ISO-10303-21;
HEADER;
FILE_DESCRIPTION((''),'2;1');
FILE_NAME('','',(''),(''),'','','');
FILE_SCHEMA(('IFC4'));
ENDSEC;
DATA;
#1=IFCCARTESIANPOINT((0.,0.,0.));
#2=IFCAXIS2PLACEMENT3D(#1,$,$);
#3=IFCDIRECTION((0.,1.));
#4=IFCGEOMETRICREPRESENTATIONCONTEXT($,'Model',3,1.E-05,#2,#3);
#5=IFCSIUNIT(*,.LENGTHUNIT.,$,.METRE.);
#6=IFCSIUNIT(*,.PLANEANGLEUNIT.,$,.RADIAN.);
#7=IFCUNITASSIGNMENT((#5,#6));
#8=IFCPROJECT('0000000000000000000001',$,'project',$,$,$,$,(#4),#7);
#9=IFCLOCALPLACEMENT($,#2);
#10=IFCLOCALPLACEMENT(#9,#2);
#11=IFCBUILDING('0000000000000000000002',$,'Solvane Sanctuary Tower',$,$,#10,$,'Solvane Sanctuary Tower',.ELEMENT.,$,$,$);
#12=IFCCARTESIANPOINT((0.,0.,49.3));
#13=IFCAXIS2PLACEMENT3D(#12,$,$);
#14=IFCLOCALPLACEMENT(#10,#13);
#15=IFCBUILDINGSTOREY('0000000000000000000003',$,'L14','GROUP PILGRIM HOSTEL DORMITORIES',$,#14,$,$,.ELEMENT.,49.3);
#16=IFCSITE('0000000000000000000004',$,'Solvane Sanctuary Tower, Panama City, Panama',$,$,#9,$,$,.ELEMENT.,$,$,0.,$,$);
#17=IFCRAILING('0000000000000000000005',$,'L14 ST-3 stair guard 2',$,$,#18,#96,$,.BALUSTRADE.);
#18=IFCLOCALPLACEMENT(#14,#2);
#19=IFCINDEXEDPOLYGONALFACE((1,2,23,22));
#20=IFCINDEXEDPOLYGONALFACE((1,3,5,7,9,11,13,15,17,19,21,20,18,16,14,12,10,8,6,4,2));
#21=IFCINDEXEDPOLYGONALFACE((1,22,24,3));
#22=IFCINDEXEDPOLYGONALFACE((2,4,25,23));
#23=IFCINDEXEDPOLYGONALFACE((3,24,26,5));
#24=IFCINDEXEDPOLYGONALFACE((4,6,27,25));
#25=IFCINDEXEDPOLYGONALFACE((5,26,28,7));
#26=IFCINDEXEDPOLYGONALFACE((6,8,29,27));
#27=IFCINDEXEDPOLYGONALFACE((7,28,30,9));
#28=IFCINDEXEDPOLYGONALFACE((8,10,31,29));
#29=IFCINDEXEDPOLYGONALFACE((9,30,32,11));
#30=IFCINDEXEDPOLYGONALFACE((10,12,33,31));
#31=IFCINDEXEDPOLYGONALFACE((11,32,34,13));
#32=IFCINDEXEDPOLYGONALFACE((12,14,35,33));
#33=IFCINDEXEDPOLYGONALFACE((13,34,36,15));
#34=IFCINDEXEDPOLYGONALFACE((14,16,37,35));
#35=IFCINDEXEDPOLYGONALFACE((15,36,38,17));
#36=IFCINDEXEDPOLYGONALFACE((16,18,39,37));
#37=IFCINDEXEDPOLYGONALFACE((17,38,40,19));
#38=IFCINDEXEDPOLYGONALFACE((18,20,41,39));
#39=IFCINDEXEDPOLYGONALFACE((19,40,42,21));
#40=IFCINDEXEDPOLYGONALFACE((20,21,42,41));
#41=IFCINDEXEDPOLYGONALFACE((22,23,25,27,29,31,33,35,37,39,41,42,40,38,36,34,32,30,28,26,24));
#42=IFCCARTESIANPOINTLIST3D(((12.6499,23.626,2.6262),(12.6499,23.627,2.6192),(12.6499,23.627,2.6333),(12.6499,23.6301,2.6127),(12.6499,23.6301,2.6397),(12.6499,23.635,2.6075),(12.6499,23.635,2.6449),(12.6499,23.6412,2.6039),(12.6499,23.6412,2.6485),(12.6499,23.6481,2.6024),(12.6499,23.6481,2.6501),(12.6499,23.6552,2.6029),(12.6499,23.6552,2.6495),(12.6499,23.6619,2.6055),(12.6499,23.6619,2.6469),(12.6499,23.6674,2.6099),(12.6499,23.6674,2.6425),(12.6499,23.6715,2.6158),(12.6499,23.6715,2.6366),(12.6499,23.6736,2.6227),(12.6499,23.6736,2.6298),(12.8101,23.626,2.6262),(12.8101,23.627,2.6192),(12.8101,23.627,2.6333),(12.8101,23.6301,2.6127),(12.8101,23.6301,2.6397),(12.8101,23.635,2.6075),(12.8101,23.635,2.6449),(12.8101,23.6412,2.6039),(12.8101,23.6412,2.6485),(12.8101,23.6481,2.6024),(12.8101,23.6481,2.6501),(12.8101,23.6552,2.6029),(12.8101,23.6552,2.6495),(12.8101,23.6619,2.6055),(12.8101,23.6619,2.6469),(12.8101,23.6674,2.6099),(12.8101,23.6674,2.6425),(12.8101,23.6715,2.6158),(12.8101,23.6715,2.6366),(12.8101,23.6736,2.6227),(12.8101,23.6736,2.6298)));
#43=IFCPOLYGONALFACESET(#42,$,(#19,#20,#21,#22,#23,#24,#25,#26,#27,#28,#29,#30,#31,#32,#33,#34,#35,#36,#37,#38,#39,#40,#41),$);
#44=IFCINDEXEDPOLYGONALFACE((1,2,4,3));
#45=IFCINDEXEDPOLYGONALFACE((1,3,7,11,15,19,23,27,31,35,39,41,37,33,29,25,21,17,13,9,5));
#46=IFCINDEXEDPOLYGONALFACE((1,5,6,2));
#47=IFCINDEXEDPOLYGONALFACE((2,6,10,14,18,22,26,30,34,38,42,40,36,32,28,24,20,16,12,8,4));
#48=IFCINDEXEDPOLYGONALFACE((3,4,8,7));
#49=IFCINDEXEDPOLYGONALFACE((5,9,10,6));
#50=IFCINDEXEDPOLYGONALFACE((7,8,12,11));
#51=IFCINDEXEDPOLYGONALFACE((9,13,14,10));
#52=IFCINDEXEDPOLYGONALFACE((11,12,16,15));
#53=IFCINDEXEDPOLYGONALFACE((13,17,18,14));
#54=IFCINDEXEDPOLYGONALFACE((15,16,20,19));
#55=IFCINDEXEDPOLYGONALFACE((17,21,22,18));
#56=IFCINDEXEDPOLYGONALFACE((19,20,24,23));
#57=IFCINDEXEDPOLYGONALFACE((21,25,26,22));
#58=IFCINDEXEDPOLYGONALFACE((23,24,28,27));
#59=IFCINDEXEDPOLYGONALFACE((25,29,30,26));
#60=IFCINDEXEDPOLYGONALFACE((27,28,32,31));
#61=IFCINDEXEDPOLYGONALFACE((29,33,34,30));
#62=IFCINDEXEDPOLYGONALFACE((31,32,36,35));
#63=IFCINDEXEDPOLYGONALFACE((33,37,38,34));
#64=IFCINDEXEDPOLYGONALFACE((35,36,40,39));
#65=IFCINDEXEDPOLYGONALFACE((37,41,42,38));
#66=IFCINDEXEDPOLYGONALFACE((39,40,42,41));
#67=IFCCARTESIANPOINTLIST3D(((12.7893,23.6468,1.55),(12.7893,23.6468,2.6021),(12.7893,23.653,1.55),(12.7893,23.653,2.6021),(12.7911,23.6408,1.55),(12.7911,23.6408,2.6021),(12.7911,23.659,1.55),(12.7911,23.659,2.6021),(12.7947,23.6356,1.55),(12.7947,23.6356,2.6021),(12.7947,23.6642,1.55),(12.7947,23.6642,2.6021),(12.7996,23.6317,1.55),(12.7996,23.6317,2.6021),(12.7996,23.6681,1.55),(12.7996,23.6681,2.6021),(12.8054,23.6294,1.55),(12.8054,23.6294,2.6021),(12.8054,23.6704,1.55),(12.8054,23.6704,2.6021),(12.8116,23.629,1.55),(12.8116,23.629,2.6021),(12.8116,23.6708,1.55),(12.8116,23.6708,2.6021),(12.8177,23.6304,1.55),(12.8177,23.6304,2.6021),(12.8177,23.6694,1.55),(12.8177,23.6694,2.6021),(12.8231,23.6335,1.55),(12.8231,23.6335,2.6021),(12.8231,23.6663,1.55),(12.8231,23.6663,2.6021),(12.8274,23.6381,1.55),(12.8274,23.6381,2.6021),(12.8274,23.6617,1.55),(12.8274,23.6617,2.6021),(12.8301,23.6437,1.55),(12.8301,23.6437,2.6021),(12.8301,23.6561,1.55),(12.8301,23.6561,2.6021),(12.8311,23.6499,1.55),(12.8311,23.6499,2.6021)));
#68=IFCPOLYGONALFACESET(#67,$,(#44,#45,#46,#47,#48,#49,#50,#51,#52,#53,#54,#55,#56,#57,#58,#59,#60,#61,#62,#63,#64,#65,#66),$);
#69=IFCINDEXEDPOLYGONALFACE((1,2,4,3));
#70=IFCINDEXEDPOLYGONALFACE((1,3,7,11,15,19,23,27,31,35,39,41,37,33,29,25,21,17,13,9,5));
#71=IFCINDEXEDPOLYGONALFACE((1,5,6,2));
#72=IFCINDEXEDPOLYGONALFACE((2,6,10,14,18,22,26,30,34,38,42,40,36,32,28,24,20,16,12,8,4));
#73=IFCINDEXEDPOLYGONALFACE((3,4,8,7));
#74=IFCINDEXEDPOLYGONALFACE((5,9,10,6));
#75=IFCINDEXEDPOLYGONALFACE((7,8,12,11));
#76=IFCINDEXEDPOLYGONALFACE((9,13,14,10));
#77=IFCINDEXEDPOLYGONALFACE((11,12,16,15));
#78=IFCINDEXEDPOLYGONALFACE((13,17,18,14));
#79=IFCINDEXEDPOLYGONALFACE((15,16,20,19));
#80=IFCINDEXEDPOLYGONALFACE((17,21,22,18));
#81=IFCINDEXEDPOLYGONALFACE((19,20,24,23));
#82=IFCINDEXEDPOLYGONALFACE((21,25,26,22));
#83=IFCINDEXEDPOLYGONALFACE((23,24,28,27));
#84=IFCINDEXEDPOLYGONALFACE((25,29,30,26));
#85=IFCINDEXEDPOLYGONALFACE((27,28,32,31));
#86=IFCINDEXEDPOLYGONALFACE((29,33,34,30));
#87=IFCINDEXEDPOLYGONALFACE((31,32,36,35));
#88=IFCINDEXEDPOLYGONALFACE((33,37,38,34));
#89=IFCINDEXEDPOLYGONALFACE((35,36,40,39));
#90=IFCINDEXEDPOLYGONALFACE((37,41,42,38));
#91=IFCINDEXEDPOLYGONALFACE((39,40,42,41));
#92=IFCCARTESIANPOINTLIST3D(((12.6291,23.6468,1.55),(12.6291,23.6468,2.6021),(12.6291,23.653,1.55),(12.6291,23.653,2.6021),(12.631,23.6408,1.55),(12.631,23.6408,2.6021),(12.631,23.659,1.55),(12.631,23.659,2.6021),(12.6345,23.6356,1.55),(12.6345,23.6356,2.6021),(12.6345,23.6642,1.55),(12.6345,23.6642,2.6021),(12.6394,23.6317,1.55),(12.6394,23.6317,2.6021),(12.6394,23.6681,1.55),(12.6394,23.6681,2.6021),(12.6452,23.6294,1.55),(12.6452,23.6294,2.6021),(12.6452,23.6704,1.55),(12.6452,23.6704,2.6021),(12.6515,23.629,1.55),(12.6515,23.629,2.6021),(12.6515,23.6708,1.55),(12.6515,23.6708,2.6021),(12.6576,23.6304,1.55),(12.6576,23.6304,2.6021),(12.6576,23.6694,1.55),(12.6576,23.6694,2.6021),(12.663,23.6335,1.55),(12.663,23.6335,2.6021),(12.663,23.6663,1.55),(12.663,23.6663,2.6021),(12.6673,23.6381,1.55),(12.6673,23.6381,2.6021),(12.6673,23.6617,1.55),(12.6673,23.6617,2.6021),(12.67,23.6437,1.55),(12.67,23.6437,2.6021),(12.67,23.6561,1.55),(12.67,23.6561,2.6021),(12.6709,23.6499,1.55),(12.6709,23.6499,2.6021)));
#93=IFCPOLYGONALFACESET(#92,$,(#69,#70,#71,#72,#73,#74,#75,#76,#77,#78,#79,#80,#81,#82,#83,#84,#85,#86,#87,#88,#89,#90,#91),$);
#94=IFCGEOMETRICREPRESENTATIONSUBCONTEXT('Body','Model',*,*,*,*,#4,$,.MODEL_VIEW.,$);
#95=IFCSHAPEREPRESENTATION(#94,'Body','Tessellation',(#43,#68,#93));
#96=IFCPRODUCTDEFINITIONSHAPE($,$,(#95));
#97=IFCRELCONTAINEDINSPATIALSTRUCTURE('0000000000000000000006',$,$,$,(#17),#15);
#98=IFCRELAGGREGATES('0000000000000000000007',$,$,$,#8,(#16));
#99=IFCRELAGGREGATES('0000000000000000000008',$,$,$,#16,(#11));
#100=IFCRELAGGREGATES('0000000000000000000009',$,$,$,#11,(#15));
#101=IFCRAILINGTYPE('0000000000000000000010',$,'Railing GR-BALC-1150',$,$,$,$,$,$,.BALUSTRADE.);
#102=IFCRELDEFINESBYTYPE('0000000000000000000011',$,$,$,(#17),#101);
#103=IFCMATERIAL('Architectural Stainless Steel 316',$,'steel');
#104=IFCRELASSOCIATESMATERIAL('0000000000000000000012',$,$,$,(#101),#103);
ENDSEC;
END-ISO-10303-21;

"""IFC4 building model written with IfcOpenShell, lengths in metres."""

from ifc_helpers import new_model, si_unit, direction, frame, origin, origin_2d, place, context, subcontext, project, spatial, circle, extrude, material, type_object, element, save


model = new_model("IFC4")

# Units and contexts
model_context = context("Model", 3, precision=1e-05, world=origin(), true_north=direction((0.0, 1.0)))
body_context = subcontext(model_context, "Body", "Model", "MODEL_VIEW")
ifc_project = project(units=[si_unit("LENGTHUNIT", "METRE"), si_unit("PLANEANGLEUNIT", "RADIAN")], contexts=[model_context])

# Site, building, storey
site_placement = place(None, origin())
site = spatial("IfcSite", under=ifc_project, at=site_placement, Name="Solvane Sanctuary Tower, Panama City, Panama", CompositionType="ELEMENT", RefElevation=0.0)
building_placement = place(site_placement, origin())
building = spatial("IfcBuilding", under=site, at=building_placement, Name="Solvane Sanctuary Tower", LongName="Solvane Sanctuary Tower", CompositionType="ELEMENT")
storey_placement = place(building_placement, frame((0.0, 0.0, 49.3)))
storey = spatial("IfcBuildingStorey", under=building, at=storey_placement, Name="L14", Description="GROUP PILGRIM HOSTEL DORMITORIES", CompositionType="ELEMENT", Elevation=49.3)

# Railing
ifc_material_1 = material(Name="Architectural Stainless Steel 316", Category="steel")
railing_type_1 = type_object("IfcRailingType", Name="Railing GR-BALC-1150", PredefinedType="BALUSTRADE", material=ifc_material_1)
railing_1_placement = place(storey_placement, frame((12.8101, 23.6499, 1.55)))
element("IfcRailing", 1, at=railing_1_placement, inside=storey, type_object=railing_type_1, Name="L14 ST-3 stair guard 2", PredefinedType="BALUSTRADE", context=body_context, shape_type="SweptSolid", body=[
    extrude(circle(Radius=0.0239, at=origin_2d()), frame((0.0, 0.0, 1.0762), z_axis=(-1.0, 0.0, 0.0), x_axis=(0.0, -1.0, 0.0)), (0.0, 0.0, 1.0), 0.1602),
    extrude(circle(Radius=0.021, at=origin_2d()), origin(), (0.0, 0.0, 1.0), 1.052),
    extrude(circle(Radius=0.021, at=origin_2d()), frame((-0.1602, 0.0, 0.0)), (0.0, 0.0, 1.0), 1.052),
])

save(model, "model.ifc")
